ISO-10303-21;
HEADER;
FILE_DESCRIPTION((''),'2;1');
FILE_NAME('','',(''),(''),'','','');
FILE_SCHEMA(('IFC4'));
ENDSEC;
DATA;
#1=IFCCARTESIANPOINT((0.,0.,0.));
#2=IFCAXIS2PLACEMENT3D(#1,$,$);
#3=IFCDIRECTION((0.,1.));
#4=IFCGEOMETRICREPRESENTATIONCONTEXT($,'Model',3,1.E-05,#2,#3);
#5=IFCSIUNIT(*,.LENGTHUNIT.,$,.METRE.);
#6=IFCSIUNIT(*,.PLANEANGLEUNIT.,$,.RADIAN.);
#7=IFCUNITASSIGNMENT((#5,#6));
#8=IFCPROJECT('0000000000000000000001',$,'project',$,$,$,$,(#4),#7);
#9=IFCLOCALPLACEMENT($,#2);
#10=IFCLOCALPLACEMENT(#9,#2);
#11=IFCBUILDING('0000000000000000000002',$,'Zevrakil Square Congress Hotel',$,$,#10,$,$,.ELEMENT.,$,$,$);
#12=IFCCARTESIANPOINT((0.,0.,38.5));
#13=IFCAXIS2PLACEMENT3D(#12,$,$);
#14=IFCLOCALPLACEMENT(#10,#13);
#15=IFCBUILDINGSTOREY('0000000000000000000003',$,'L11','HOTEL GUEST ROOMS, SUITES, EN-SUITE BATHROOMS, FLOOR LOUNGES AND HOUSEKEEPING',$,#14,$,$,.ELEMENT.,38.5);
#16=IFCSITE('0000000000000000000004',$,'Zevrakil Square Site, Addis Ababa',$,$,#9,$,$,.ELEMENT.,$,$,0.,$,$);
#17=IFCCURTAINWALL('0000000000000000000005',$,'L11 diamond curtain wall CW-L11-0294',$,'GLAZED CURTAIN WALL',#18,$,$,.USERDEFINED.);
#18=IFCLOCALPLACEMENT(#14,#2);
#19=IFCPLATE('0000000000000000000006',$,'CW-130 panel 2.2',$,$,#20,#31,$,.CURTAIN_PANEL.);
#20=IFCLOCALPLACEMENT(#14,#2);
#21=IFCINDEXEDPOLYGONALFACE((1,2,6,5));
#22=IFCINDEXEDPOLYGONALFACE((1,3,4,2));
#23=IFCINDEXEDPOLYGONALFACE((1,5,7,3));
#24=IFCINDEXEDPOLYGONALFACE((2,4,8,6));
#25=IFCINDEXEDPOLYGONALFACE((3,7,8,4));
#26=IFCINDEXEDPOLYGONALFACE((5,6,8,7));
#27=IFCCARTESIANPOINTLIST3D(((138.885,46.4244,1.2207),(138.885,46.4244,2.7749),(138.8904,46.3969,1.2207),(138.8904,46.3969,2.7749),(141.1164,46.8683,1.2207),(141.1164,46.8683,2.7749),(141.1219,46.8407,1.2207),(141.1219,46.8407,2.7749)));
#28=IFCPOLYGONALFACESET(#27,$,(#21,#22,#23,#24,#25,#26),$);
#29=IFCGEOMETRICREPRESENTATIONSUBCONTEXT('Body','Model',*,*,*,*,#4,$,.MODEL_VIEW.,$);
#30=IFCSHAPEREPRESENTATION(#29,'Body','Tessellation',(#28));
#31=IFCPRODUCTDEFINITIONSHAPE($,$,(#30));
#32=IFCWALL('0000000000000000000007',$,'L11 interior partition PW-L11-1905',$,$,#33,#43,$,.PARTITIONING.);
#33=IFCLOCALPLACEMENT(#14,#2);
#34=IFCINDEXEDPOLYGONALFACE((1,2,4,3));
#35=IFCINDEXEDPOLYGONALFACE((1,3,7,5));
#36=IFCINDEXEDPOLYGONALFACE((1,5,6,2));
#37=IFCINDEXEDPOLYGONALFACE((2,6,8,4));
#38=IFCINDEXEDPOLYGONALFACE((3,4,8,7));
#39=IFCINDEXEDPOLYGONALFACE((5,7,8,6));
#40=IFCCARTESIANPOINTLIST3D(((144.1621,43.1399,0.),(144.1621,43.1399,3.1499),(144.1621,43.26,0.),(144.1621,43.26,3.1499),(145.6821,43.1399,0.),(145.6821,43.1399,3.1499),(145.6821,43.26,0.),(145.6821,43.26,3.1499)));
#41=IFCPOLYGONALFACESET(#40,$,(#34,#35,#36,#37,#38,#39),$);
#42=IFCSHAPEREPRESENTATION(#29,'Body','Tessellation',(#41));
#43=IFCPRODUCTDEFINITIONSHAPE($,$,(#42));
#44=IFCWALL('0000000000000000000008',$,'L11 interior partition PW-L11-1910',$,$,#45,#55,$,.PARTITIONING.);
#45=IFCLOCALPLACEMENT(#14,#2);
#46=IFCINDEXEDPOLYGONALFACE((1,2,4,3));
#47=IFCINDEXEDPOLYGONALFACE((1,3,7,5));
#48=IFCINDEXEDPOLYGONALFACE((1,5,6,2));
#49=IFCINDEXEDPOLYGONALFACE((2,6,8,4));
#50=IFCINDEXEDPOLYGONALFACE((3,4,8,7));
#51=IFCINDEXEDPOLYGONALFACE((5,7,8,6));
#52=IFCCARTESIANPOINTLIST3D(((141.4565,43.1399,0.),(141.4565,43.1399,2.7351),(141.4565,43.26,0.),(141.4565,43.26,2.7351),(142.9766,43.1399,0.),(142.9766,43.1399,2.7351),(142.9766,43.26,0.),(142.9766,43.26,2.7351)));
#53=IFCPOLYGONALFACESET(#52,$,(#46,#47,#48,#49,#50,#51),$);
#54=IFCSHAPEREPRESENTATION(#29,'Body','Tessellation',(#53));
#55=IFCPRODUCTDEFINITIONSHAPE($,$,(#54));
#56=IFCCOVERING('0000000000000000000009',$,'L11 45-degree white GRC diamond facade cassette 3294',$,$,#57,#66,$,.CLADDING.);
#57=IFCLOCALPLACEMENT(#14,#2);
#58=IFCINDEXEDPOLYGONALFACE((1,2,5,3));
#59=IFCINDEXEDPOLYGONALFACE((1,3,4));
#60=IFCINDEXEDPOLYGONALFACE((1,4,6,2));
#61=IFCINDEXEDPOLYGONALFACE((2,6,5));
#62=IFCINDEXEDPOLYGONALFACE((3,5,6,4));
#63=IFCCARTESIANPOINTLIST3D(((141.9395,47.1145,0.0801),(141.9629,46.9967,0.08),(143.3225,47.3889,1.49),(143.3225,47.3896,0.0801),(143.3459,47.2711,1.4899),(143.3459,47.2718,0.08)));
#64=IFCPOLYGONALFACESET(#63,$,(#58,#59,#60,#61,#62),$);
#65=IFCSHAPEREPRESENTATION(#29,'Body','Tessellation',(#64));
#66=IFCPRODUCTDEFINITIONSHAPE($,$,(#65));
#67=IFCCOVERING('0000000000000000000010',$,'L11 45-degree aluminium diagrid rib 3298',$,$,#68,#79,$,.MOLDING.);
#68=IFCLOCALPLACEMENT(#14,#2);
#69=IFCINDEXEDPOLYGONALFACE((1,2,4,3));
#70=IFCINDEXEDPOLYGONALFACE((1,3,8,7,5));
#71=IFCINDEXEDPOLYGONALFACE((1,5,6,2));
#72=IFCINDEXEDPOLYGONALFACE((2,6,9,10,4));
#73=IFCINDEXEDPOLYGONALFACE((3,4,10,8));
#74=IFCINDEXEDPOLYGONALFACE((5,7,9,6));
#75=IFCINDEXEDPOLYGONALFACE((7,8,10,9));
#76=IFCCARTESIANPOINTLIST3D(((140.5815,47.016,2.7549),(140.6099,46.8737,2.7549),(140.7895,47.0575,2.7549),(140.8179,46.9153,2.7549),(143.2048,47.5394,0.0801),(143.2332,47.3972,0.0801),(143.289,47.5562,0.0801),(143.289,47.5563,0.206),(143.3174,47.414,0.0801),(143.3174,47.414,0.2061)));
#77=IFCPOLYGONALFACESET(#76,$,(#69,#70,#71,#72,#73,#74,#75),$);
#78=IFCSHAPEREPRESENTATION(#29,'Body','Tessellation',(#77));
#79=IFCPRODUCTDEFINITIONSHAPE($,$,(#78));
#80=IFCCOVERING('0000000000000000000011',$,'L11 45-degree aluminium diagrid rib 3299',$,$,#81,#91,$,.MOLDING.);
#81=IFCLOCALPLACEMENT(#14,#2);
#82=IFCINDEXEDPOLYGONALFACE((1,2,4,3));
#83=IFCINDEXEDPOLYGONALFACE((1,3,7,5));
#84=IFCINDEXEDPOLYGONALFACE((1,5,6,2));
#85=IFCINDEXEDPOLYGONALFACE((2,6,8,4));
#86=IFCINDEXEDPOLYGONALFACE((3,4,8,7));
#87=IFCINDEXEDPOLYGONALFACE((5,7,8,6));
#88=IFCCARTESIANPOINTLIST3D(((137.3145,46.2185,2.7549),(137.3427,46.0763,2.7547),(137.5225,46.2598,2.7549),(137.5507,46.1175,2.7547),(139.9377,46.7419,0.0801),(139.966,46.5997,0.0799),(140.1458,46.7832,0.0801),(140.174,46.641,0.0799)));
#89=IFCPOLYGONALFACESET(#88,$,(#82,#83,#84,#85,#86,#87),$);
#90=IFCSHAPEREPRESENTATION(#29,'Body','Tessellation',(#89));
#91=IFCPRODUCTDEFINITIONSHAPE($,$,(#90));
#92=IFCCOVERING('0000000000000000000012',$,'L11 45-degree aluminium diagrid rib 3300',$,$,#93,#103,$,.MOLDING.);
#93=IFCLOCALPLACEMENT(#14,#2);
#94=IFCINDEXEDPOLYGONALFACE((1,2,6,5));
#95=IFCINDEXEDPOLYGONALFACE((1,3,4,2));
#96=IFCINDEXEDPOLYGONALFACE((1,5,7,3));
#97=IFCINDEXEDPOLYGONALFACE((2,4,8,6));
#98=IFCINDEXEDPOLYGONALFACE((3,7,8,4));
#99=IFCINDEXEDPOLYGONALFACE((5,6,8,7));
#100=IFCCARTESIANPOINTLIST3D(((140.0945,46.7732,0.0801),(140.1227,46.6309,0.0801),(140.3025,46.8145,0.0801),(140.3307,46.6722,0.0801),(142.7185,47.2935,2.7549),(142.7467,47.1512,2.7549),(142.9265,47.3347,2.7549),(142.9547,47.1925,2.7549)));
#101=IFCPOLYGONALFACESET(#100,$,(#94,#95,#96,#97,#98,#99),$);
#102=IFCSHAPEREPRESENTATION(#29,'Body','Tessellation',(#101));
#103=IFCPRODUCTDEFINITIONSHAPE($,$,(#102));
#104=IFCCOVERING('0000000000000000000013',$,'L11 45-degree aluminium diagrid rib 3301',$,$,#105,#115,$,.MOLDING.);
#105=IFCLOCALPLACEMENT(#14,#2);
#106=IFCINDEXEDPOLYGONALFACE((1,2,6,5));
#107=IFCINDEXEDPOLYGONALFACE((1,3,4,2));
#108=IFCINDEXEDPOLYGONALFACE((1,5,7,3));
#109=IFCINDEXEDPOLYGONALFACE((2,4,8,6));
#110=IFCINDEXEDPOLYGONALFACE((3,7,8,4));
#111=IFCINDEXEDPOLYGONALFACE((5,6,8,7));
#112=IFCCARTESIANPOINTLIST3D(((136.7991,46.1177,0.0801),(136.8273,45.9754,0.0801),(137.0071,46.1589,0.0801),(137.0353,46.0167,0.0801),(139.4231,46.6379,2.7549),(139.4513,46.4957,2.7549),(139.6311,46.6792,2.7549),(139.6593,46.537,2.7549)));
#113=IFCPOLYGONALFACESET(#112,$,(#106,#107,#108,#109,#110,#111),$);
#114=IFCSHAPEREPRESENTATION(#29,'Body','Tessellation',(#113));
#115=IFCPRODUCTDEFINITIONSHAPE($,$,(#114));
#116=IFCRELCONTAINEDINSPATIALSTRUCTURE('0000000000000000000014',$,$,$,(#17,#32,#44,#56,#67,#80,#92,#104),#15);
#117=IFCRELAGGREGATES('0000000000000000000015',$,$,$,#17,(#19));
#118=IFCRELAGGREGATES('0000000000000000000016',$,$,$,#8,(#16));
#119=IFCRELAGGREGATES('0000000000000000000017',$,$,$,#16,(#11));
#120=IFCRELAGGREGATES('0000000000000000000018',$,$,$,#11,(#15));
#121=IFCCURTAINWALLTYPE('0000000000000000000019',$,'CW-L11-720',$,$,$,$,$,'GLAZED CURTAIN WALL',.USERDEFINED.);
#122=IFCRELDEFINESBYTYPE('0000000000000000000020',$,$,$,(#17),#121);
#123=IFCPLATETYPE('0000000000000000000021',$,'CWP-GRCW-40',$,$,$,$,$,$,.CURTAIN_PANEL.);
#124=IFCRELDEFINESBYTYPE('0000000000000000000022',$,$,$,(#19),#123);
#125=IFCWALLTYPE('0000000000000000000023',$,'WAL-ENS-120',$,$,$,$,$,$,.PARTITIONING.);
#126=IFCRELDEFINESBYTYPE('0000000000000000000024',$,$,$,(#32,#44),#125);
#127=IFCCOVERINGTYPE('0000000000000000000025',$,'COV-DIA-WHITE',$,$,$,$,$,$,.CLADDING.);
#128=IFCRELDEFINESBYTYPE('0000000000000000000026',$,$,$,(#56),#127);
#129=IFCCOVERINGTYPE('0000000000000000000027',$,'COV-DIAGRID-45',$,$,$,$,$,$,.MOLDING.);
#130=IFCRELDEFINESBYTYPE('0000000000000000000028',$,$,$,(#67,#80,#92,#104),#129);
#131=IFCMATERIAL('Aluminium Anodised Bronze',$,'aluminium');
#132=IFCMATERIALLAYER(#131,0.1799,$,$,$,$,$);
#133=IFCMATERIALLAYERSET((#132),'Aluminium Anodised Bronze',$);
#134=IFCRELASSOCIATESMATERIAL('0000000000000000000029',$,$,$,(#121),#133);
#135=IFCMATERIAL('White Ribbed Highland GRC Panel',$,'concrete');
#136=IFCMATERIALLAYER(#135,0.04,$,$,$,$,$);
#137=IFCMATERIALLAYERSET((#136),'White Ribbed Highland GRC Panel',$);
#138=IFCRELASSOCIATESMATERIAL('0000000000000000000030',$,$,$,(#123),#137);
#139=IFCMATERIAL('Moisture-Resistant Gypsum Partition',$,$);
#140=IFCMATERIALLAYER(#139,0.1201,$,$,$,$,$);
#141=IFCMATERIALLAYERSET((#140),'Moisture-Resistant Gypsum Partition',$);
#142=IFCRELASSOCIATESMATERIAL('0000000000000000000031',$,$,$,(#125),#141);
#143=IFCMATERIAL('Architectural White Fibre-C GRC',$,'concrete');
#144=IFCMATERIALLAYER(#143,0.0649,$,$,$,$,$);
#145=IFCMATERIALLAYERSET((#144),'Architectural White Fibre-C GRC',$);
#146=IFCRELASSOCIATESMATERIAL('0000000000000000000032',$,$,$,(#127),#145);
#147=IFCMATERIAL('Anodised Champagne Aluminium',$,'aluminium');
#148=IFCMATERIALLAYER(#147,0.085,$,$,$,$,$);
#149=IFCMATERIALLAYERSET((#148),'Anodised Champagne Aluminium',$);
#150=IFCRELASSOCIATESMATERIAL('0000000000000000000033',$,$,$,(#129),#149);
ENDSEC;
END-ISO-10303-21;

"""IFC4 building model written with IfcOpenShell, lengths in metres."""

from ifc_helpers import new_model, si_unit, direction, frame, frame_2d, origin, origin_2d, place, context, subcontext, project, spatial, polyline, rectangle, outline, extrude, material, layer, layer_set, type_object, element, aggregate, save


model = new_model("IFC4")

# Units and contexts
model_context = context("Model", 3, precision=1e-05, world=origin(), true_north=direction((0.0, 1.0)))
body_context = subcontext(model_context, "Body", "Model", "MODEL_VIEW")
ifc_project = project(units=[si_unit("LENGTHUNIT", "METRE"), si_unit("PLANEANGLEUNIT", "RADIAN")], contexts=[model_context])

# Site, building, storey
site_placement = place(None, origin())
site = spatial("IfcSite", under=ifc_project, at=site_placement, Name="Zevrakil Square Site, Addis Ababa", CompositionType="ELEMENT", RefElevation=0.0)
building_placement = place(site_placement, origin())
building = spatial("IfcBuilding", under=site, at=building_placement, Name="Zevrakil Square Congress Hotel", CompositionType="ELEMENT")
storey_placement = place(building_placement, frame((0.0, 0.0, 38.5)))
storey = spatial("IfcBuildingStorey", under=building, at=storey_placement, Name="L11", Description="HOTEL GUEST ROOMS, SUITES, EN-SUITE BATHROOMS, FLOOR LOUNGES AND HOUSEKEEPING", CompositionType="ELEMENT", Elevation=38.5)

# Curtain wall
ifc_material_1 = material(Name="Aluminium Anodised Bronze", Category="aluminium")
ifc_layer_1 = layer(ifc_material_1, 0.1799)
ifc_layer_set_1 = layer_set([ifc_layer_1], Name="Aluminium Anodised Bronze")
curtain_wall_type = type_object("IfcCurtainWallType", Name="CW-L11-720", ElementType="GLAZED CURTAIN WALL", PredefinedType="USERDEFINED", material=ifc_layer_set_1)
curtain_wall_1_placement = place(storey_placement, origin())
curtain_wall_1 = element("IfcCurtainWall", 1, at=curtain_wall_1_placement, inside=storey, type_object=curtain_wall_type, Name="L11 diamond curtain wall CW-L11-0294", ObjectType="GLAZED CURTAIN WALL", PredefinedType="USERDEFINED")

# Plate
ifc_material_2 = material(Name="White Ribbed Highland GRC Panel", Category="concrete")
ifc_layer_2 = layer(ifc_material_2, 0.04)
ifc_layer_set_2 = layer_set([ifc_layer_2], Name="White Ribbed Highland GRC Panel")
plate_type_1 = type_object("IfcPlateType", Name="CWP-GRCW-40", PredefinedType="CURTAIN_PANEL", material=ifc_layer_set_2)
plate_1_placement = place(storey_placement, frame((140.0034, 46.6326, 1.2207), z_axis=(0.0, 0.0, 1.0), x_axis=(-0.980787, -0.195084, 0.0)))
plate_1 = element("IfcPlate", 2, at=plate_1_placement, type_object=plate_type_1, Name="CW-130 panel 2.2", PredefinedType="CURTAIN_PANEL", context=body_context, shape_type="SweptSolid", body=[
    extrude(rectangle(XDim=2.2751, YDim=0.0281, at=origin_2d()), origin(), (0.0, 0.0, 1.0), 1.5542),
])
aggregate(curtain_wall_1, [plate_1])

# Walls
ifc_material_3 = material(Name="Moisture-Resistant Gypsum Partition")
ifc_layer_3 = layer(ifc_material_3, 0.1201)
ifc_layer_set_3 = layer_set([ifc_layer_3], Name="Moisture-Resistant Gypsum Partition")
wall_type = type_object("IfcWallType", Name="WAL-ENS-120", PredefinedType="PARTITIONING", material=ifc_layer_set_3)
wall_1_placement = place(storey_placement, frame((144.1621, 43.2, 0.0), z_axis=(0.0, 0.0, 1.0), x_axis=(1.0, 0.0, 0.0)))
element("IfcWall", 3, at=wall_1_placement, inside=storey, type_object=wall_type, Name="L11 interior partition PW-L11-1905", PredefinedType="PARTITIONING", context=body_context, shape_type="SweptSolid", body=[
    extrude(rectangle(XDim=1.52, YDim=0.1201, at=frame_2d((0.76, 0.0))), origin(), (0.0, 0.0, 1.0), 3.1499),
])
wall_2_placement = place(storey_placement, frame((141.4565, 43.2, 0.0), z_axis=(0.0, 0.0, 1.0), x_axis=(1.0, 0.0, 0.0)))
element("IfcWall", 4, at=wall_2_placement, inside=storey, type_object=wall_type, Name="L11 interior partition PW-L11-1910", PredefinedType="PARTITIONING", context=body_context, shape_type="SweptSolid", body=[
    extrude(rectangle(XDim=1.52, YDim=0.1201, at=frame_2d((0.76, 0.0))), origin(), (0.0, 0.0, 1.0), 2.7351),
])

# Coverings
ifc_material_4 = material(Name="Architectural White Fibre-C GRC", Category="concrete")
ifc_layer_4 = layer(ifc_material_4, 0.0649)
ifc_layer_set_4 = layer_set([ifc_layer_4], Name="Architectural White Fibre-C GRC")
covering_type_1 = type_object("IfcCoveringType", Name="COV-DIA-WHITE", PredefinedType="CLADDING", material=ifc_layer_set_4)
covering_1_placement = place(storey_placement, frame((141.9395, 47.1145, 0.0801), z_axis=(-0.195117, 0.98078, 0.000509), x_axis=(0.98078, 0.195117, 0.0)))
element("IfcCovering", 5, at=covering_1_placement, inside=storey, type_object=covering_type_1, Name="L11 45-degree white GRC diamond facade cassette 3294", PredefinedType="CLADDING", context=body_context, shape_type="SweptSolid", body=[
    extrude(outline(polyline([(0.0, 0.0), (1.4102, 0.0), (1.41, -1.4099), (0.0, 0.0)])), origin(), (0.0, 0.0, -1.0), 0.1201),
])
ifc_material_5 = material(Name="Anodised Champagne Aluminium", Category="aluminium")
ifc_layer_5 = layer(ifc_material_5, 0.085)
ifc_layer_set_5 = layer_set([ifc_layer_5], Name="Anodised Champagne Aluminium")
covering_type_2 = type_object("IfcCoveringType", Name="COV-DIAGRID-45", PredefinedType="MOLDING", material=ifc_layer_set_5)
covering_2_placement = place(storey_placement, frame((143.2332, 47.3972, 0.0801), z_axis=(0.19577, -0.98065, 0.000083), x_axis=(0.98065, 0.19577, 0.0)))
element("IfcCovering", 6, at=covering_2_placement, inside=storey, type_object=covering_type_2, Name="L11 45-degree aluminium diagrid rib 3298", PredefinedType="MOLDING", context=body_context, shape_type="SweptSolid", body=[
    extrude(outline(polyline([(0.0, 0.0), (0.0859, 0.0), (0.0859, 0.126), (-2.4629, 2.6748), (-2.675, 2.6748), (0.0, 0.0)])), origin(), (0.0, 0.0, -1.0), 0.145),
])
covering_3_placement = place(storey_placement, frame((139.9377, 46.7419, 0.0801), z_axis=(-0.194566, 0.980889, 0.001133), x_axis=(0.980889, 0.194566, 0.0)))
element("IfcCovering", 7, at=covering_3_placement, inside=storey, type_object=covering_type_2, Name="L11 45-degree aluminium diagrid rib 3299", PredefinedType="MOLDING", context=body_context, shape_type="SweptSolid", body=[
    extrude(outline(polyline([(0.0, 0.0), (0.2121, 0.0), (-2.4629, -2.6748), (-2.675, -2.6748), (0.0, 0.0)])), origin(), (0.0, 0.0, -1.0), 0.145),
])
for number, where, z_axis, x_axis, name in (
    (8, (142.9265, 47.3347, 2.7549), (-0.194566, 0.980889, 0.000084), (-0.980889, -0.194566, 0.0), "L11 45-degree aluminium diagrid rib 3300"),
    (9, (139.6311, 46.6792, 2.7549), (-0.194566, 0.980889, 0.000084), (-0.980889, -0.194566, 0.0), "L11 45-degree aluminium diagrid rib 3301"),
):
    element("IfcCovering", number, at=place(storey_placement, frame(where, z_axis=z_axis, x_axis=x_axis)), inside=storey, type_object=covering_type_2, Name=name, PredefinedType="MOLDING", context=body_context, shape_type="SweptSolid", body=[
        extrude(outline(polyline([(0.0, 0.0), (0.2121, 0.0), (2.8872, -2.6748), (2.6751, -2.6748), (0.0, 0.0)])), origin(), (0.0, 0.0, -1.0), 0.145),
    ])

save(model, "model.ifc")
